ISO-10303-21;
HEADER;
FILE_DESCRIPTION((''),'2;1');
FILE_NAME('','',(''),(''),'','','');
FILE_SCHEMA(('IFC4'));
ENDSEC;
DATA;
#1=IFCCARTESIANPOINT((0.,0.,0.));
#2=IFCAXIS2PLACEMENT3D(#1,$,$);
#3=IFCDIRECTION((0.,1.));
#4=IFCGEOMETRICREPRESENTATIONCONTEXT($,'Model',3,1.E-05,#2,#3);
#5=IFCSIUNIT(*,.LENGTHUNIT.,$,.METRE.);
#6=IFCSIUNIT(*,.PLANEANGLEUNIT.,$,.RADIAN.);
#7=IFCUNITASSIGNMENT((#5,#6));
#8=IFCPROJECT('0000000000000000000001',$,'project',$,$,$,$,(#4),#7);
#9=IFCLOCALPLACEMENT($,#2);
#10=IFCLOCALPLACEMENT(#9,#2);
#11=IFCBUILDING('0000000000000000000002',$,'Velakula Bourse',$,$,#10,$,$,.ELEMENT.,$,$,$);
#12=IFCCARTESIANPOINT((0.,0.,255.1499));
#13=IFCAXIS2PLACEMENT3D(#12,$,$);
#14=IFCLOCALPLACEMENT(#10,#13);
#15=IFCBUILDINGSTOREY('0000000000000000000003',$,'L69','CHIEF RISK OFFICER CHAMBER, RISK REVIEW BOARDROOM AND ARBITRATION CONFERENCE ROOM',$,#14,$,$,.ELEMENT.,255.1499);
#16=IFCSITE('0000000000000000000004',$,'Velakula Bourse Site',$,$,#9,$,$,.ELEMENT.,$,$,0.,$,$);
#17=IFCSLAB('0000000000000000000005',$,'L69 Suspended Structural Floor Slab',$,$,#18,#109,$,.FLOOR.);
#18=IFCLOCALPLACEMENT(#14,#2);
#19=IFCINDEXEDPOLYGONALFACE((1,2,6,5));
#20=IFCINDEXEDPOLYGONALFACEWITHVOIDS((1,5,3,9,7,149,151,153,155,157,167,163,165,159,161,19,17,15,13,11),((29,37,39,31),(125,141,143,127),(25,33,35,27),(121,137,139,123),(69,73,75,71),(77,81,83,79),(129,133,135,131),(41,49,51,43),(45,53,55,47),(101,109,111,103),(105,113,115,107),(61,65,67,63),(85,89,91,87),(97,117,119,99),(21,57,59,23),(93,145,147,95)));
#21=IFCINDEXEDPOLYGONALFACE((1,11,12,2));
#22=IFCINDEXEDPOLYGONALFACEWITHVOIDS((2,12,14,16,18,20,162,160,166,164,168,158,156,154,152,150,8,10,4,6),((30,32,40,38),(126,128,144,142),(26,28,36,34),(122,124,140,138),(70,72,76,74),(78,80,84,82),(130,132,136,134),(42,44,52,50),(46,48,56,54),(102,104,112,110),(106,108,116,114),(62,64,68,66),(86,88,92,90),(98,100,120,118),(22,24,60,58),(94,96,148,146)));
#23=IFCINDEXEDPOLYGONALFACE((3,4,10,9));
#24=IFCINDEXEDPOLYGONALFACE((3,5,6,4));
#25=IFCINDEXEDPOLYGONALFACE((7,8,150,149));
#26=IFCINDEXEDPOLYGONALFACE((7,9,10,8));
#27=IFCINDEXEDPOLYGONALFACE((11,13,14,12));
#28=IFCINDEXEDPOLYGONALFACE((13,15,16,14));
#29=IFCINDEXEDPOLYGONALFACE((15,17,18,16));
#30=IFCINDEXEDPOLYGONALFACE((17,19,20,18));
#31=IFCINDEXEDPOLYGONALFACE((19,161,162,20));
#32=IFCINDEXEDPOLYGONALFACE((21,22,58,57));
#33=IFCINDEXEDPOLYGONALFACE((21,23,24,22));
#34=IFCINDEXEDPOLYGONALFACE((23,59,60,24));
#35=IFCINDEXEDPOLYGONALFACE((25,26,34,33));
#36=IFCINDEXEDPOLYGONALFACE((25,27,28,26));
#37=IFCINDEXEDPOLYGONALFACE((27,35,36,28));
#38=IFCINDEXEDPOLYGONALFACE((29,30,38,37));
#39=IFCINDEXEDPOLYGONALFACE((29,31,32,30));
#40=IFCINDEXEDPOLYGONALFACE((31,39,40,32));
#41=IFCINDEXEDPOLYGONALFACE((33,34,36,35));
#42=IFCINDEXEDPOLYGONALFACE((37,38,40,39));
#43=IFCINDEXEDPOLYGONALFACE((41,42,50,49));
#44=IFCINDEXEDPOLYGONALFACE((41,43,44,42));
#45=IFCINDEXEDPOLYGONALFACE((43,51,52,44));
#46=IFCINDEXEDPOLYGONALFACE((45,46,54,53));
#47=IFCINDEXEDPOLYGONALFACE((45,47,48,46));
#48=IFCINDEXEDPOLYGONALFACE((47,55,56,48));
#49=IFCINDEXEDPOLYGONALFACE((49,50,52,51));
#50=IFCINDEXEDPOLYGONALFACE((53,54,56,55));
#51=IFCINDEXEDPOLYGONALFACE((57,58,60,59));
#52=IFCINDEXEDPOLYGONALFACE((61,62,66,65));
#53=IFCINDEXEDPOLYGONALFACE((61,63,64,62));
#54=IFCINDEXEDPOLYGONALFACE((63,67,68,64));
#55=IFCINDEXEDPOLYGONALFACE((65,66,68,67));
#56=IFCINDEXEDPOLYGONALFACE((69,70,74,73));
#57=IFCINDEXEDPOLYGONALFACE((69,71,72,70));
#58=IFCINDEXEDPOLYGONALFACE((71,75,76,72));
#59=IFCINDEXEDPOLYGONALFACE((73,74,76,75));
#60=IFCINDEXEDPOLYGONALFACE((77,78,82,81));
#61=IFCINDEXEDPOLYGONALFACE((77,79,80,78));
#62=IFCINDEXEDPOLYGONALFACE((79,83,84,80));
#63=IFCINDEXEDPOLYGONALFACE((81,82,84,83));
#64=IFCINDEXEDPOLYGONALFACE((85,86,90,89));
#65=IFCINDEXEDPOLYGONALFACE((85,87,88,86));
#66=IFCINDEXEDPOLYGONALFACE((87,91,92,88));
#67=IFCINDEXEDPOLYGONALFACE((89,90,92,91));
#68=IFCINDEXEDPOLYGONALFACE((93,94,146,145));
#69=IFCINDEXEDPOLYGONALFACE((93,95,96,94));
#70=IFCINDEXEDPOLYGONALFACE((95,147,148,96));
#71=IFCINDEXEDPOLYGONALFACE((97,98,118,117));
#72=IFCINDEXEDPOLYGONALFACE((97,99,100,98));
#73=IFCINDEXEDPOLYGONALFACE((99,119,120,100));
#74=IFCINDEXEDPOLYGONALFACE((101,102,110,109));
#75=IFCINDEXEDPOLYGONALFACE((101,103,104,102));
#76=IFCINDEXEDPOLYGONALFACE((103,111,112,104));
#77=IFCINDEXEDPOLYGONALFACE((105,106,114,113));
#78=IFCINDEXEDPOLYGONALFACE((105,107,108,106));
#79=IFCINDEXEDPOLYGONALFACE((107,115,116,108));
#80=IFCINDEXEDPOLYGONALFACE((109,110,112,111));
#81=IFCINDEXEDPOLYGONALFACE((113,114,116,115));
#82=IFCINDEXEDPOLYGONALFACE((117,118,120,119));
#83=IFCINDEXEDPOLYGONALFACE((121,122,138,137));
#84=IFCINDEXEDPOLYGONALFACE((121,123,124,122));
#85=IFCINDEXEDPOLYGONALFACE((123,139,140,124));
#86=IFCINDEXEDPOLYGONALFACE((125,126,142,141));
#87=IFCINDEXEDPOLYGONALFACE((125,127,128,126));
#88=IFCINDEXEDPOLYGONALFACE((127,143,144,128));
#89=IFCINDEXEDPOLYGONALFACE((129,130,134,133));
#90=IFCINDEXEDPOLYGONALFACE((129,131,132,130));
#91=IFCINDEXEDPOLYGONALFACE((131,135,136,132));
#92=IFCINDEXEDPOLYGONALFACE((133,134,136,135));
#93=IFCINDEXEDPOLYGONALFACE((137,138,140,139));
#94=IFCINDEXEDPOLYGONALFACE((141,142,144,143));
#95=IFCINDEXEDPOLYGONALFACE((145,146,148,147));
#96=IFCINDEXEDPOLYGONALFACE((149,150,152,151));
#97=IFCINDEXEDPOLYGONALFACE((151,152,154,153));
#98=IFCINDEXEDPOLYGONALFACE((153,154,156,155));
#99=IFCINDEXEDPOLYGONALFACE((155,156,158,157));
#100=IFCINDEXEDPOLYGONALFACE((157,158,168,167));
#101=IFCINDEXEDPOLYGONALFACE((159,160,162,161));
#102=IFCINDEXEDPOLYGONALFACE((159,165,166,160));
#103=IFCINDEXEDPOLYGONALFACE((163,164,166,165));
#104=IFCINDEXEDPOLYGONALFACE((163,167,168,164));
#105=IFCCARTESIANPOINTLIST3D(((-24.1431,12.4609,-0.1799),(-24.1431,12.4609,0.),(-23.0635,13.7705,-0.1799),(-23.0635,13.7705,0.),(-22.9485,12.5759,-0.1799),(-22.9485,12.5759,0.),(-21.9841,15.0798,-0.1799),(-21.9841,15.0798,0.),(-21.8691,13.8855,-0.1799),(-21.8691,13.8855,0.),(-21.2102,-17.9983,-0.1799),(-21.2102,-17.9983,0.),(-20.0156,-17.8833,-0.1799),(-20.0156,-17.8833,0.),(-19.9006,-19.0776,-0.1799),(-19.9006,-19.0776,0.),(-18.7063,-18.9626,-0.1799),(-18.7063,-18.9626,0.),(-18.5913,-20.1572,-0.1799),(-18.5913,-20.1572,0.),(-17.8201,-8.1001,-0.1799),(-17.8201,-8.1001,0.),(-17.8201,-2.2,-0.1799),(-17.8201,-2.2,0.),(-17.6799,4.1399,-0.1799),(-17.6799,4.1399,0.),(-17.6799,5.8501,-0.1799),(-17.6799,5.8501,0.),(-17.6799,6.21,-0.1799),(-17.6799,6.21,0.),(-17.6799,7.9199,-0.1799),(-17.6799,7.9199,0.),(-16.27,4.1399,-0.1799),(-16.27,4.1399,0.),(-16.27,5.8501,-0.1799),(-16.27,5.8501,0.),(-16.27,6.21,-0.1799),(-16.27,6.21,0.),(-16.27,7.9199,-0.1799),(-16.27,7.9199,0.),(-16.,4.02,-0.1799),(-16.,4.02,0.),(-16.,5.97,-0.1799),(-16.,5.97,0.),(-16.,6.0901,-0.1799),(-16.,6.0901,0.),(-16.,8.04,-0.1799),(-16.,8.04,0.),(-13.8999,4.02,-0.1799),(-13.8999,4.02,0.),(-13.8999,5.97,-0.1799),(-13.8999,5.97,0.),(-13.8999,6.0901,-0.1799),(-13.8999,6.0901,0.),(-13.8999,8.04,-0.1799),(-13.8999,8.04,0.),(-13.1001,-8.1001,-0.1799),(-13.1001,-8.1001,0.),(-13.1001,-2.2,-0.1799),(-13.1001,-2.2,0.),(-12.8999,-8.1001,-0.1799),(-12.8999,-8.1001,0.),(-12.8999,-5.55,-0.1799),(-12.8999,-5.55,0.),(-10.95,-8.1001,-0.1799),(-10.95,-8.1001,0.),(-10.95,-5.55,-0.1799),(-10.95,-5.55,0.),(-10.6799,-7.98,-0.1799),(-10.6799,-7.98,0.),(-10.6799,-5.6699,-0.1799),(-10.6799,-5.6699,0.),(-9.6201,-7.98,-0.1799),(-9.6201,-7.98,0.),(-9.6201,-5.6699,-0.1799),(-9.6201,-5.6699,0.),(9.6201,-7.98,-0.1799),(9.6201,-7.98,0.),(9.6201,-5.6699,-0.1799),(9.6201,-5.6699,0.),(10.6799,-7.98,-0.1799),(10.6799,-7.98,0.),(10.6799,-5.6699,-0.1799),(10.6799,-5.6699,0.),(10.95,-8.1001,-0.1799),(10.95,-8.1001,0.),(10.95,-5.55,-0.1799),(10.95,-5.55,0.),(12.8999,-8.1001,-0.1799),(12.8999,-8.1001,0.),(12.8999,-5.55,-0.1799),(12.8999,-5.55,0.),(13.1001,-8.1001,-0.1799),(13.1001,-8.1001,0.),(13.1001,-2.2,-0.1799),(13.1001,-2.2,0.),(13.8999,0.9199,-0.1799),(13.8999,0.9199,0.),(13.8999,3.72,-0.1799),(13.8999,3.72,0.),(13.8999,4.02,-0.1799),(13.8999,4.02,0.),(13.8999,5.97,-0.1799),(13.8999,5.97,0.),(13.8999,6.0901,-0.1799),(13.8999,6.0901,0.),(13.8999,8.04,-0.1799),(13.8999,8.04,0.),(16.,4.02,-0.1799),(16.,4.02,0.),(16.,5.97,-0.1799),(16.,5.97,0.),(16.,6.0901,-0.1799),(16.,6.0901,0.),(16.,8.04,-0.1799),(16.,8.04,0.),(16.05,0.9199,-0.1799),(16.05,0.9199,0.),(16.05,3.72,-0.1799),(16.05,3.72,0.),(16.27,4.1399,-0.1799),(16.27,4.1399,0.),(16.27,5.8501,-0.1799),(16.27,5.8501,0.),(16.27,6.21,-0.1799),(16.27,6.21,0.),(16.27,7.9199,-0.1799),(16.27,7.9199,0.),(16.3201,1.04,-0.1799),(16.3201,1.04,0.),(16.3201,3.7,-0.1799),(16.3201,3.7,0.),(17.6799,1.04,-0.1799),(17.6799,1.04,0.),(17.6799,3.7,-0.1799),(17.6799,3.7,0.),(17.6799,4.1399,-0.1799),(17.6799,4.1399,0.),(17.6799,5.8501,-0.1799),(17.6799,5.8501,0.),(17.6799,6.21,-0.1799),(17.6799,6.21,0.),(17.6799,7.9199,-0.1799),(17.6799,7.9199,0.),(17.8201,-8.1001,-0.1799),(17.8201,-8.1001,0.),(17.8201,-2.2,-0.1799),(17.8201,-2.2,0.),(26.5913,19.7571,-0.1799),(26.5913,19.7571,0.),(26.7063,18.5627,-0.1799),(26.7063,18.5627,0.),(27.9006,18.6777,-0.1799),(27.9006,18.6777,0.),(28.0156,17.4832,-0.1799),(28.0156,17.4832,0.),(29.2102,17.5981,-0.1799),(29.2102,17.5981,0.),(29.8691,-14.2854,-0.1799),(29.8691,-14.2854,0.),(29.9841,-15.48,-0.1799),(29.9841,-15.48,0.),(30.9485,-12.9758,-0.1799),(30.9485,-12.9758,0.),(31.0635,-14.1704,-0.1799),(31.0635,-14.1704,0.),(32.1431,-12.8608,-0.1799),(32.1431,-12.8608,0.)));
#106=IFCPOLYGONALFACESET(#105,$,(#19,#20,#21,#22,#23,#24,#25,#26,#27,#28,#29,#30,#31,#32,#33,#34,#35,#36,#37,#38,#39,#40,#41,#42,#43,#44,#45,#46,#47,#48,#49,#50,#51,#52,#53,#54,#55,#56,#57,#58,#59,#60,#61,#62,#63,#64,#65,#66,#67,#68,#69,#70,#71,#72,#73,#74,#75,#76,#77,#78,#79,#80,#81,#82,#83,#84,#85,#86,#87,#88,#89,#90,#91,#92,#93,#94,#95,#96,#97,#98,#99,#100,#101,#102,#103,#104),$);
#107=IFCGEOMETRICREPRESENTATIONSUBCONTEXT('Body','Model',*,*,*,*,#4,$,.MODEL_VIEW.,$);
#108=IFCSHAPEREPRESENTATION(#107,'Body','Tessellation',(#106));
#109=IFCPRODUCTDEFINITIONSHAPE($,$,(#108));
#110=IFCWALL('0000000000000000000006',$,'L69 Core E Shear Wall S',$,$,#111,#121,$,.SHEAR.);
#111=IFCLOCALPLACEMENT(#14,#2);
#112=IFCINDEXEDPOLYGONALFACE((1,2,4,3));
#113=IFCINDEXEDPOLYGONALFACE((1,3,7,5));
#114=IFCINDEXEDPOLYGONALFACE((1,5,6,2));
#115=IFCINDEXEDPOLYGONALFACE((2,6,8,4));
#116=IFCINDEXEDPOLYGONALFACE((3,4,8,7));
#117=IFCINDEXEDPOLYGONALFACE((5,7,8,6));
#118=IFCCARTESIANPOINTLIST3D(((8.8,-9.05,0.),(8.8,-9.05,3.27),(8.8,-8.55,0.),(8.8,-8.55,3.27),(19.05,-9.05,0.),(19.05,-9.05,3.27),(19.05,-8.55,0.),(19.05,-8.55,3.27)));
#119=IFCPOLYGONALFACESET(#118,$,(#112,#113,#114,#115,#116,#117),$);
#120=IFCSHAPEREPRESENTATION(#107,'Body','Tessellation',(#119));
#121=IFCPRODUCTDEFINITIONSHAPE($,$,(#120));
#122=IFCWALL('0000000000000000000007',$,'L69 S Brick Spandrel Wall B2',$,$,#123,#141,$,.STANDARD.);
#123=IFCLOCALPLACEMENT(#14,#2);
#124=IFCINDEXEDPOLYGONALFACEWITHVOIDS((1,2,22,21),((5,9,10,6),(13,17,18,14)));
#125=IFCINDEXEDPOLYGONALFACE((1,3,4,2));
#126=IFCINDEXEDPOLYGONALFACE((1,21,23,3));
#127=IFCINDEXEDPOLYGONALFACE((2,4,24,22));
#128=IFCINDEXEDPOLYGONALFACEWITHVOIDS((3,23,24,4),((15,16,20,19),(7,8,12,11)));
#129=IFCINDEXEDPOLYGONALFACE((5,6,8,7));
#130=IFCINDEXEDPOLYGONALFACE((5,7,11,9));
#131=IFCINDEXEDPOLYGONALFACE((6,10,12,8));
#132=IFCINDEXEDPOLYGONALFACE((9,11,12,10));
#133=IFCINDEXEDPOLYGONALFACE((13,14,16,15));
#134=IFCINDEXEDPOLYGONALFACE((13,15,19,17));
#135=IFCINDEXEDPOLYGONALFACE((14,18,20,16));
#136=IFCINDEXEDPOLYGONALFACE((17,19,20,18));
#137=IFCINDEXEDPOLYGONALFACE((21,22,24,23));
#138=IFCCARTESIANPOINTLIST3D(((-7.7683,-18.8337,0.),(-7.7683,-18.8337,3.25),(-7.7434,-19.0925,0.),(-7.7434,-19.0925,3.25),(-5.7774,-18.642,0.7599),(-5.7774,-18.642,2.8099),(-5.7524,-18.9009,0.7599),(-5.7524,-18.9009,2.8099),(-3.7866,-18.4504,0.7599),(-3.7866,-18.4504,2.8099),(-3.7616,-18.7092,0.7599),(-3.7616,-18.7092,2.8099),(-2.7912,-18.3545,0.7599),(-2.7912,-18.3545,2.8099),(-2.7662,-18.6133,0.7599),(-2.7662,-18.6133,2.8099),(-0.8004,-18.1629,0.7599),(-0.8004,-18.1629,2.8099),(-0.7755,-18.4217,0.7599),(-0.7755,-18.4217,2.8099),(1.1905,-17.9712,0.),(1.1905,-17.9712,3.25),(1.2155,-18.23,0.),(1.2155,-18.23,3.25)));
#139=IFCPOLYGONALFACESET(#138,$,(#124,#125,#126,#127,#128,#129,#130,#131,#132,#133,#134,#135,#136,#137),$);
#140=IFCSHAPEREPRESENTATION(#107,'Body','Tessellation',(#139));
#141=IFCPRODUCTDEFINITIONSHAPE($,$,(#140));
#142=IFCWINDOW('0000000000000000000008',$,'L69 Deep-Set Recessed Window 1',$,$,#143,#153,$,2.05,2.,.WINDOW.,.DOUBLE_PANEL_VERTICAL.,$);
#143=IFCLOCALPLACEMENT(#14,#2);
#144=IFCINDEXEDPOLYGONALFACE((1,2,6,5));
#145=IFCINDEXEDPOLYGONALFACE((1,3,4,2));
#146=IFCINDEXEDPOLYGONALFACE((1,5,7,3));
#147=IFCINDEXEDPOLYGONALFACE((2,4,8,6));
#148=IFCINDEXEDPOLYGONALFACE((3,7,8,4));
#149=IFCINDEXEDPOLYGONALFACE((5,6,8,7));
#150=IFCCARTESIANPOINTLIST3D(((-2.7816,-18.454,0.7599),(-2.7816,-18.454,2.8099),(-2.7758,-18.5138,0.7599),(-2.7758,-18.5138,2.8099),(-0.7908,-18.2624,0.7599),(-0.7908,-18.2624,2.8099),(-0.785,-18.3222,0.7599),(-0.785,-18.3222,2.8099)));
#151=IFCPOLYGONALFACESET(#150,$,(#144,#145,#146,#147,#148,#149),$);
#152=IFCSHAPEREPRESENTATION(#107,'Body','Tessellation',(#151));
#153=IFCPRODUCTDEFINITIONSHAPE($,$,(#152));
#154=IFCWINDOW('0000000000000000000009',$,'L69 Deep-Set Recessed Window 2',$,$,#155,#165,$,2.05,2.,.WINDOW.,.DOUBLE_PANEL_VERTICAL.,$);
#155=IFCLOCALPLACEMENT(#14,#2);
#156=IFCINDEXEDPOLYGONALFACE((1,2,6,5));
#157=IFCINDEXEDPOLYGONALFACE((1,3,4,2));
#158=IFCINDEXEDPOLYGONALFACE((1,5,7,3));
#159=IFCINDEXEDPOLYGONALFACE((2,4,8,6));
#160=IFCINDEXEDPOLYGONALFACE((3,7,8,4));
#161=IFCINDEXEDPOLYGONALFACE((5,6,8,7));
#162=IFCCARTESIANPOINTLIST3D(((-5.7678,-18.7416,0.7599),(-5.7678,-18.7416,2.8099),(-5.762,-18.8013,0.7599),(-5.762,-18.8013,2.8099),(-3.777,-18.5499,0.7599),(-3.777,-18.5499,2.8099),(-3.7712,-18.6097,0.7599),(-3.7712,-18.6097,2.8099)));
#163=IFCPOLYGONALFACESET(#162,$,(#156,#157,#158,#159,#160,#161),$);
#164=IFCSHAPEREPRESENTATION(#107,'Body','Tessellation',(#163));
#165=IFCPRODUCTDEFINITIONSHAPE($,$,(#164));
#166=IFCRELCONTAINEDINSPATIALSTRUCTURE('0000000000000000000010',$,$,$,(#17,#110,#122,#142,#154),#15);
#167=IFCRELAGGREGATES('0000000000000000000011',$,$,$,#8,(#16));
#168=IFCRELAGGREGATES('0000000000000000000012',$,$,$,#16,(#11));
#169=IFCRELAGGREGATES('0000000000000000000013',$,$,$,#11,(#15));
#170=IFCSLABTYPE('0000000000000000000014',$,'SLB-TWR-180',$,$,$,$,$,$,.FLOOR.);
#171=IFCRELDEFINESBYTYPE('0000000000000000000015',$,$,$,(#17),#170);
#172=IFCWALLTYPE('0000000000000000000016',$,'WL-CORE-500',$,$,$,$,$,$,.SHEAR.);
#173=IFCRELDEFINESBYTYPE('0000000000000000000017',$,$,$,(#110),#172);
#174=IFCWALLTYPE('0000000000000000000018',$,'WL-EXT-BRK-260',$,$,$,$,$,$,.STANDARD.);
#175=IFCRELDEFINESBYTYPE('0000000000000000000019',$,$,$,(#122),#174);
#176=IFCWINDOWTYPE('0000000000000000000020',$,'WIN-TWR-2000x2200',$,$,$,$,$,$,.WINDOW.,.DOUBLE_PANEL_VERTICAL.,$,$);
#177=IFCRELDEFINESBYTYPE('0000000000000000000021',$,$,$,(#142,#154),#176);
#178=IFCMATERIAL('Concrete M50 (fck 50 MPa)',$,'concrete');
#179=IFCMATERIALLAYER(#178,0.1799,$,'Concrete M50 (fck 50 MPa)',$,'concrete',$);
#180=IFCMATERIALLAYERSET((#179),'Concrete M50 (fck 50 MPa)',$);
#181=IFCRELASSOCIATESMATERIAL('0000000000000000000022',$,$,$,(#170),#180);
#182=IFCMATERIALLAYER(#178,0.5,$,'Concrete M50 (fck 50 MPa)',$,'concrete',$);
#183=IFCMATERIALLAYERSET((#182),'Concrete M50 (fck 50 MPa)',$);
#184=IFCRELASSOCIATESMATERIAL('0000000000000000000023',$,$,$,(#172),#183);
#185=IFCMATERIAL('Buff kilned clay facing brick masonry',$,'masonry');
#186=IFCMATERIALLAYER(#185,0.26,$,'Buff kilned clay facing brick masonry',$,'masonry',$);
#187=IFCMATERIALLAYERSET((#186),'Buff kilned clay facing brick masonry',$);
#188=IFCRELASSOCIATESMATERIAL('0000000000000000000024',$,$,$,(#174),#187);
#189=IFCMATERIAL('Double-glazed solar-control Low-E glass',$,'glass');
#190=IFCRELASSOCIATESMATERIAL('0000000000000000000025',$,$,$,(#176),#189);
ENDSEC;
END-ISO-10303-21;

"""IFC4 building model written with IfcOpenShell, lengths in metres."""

from ifc_helpers import new_model, si_unit, direction, frame, frame_2d, origin, place, context, subcontext, project, spatial, polyline, rectangle, outline, extrude, material, layer, layer_set, type_object, element, fill, save


model = new_model("IFC4")

# Units and contexts
model_context = context("Model", 3, precision=1e-05, world=origin(), true_north=direction((0.0, 1.0)))
body_context = subcontext(model_context, "Body", "Model", "MODEL_VIEW")
ifc_project = project(units=[si_unit("LENGTHUNIT", "METRE"), si_unit("PLANEANGLEUNIT", "RADIAN")], contexts=[model_context])

# Site, building, storey
site_placement = place(None, origin())
site = spatial("IfcSite", under=ifc_project, at=site_placement, Name="Velakula Bourse Site", CompositionType="ELEMENT", RefElevation=0.0)
building_placement = place(site_placement, origin())
building = spatial("IfcBuilding", under=site, at=building_placement, Name="Velakula Bourse", CompositionType="ELEMENT")
storey_placement = place(building_placement, frame((0.0, 0.0, 255.1499)))
storey = spatial("IfcBuildingStorey", under=building, at=storey_placement, Name="L69", Description="CHIEF RISK OFFICER CHAMBER, RISK REVIEW BOARDROOM AND ARBITRATION CONFERENCE ROOM", CompositionType="ELEMENT", Elevation=255.1499)

# Slab
ifc_material_1 = material(Name="Concrete M50 (fck 50 MPa)", Category="concrete")
ifc_layer_1 = layer(ifc_material_1, 0.1799, Name="Concrete M50 (fck 50 MPa)", Category="concrete")
ifc_layer_set_1 = layer_set([ifc_layer_1], Name="Concrete M50 (fck 50 MPa)")
slab_type = type_object("IfcSlabType", Name="SLB-TWR-180", PredefinedType="FLOOR", material=ifc_layer_set_1)
slab_placement = place(storey_placement, frame((0.0, 0.0, -0.1799)))
element("IfcSlab", 1, at=slab_placement, inside=storey, type_object=slab_type, Name="L69 Suspended Structural Floor Slab", PredefinedType="FLOOR", context=body_context, shape_type="SweptSolid", body=[
    extrude(outline(polyline([(-18.5913, -20.1572), (29.9841, -15.48), (29.8691, -14.2854), (31.0635, -14.1704), (30.9485, -12.9758), (32.1431, -12.8608), (29.2102, 17.5981), (28.0156, 17.4832), (27.9006, 18.6777), (26.7063, 18.5627), (26.5913, 19.7571), (-21.9841, 15.0798), (-21.8691, 13.8855), (-23.0635, 13.7705), (-22.9485, 12.5759), (-24.1431, 12.4609), (-21.2102, -17.9983), (-20.0156, -17.8833), (-19.9006, -19.0776), (-18.7063, -18.9626), (-18.5913, -20.1572)]), holes=[polyline([(-17.8201, -8.1001), (-13.1001, -8.1001), (-13.1001, -2.2), (-17.8201, -2.2), (-17.8201, -8.1001)]), polyline([(13.1001, -8.1001), (17.8201, -8.1001), (17.8201, -2.2), (13.1001, -2.2), (13.1001, -8.1001)]), polyline([(-12.8999, -8.1001), (-10.95, -8.1001), (-10.95, -5.55), (-12.8999, -5.55), (-12.8999, -8.1001)]), polyline([(10.95, -8.1001), (12.8999, -8.1001), (12.8999, -5.55), (10.95, -5.55), (10.95, -8.1001)]), polyline([(13.8999, 0.9199), (16.05, 0.9199), (16.05, 3.72), (13.8999, 3.72), (13.8999, 0.9199)]), polyline([(-10.6799, -7.98), (-9.6201, -7.98), (-9.6201, -5.6699), (-10.6799, -5.6699), (-10.6799, -7.98)]), polyline([(-17.6799, 4.1399), (-16.27, 4.1399), (-16.27, 5.8501), (-17.6799, 5.8501), (-17.6799, 4.1399)]), polyline([(-17.6799, 6.21), (-16.27, 6.21), (-16.27, 7.9199), (-17.6799, 7.9199), (-17.6799, 6.21)]), polyline([(9.6201, -7.98), (10.6799, -7.98), (10.6799, -5.6699), (9.6201, -5.6699), (9.6201, -7.98)]), polyline([(16.27, 4.1399), (17.6799, 4.1399), (17.6799, 5.8501), (16.27, 5.8501), (16.27, 4.1399)]), polyline([(16.27, 6.21), (17.6799, 6.21), (17.6799, 7.9199), (16.27, 7.9199), (16.27, 6.21)]), polyline([(16.3201, 1.04), (17.6799, 1.04), (17.6799, 3.7), (16.3201, 3.7), (16.3201, 1.04)]), polyline([(-16.0, 4.02), (-13.8999, 4.02), (-13.8999, 5.97), (-16.0, 5.97), (-16.0, 4.02)]), polyline([(-16.0, 6.0901), (-13.8999, 6.0901), (-13.8999, 8.04), (-16.0, 8.04), (-16.0, 6.0901)]), polyline([(13.8999, 4.02), (16.0, 4.02), (16.0, 5.97), (13.8999, 5.97), (13.8999, 4.02)]), polyline([(13.8999, 6.0901), (16.0, 6.0901), (16.0, 8.04), (13.8999, 8.04), (13.8999, 6.0901)])]), origin(), (0.0, 0.0, 1.0), 0.1799),
])

# Wall
ifc_layer_2 = layer(ifc_material_1, 0.5, Name="Concrete M50 (fck 50 MPa)", Category="concrete")
ifc_layer_set_2 = layer_set([ifc_layer_2], Name="Concrete M50 (fck 50 MPa)")
wall_type_1 = type_object("IfcWallType", Name="WL-CORE-500", PredefinedType="SHEAR", material=ifc_layer_set_2)
wall_1_placement = place(storey_placement, frame((8.8, -8.8, 0.0), z_axis=(0.0, 0.0, 1.0), x_axis=(1.0, 0.0, 0.0)))
element("IfcWall", 2, at=wall_1_placement, inside=storey, type_object=wall_type_1, Name="L69 Core E Shear Wall S", PredefinedType="SHEAR", context=body_context, shape_type="SweptSolid", body=[
    extrude(rectangle(XDim=10.25, YDim=0.5, at=frame_2d((5.125, 0.0))), origin(), (0.0, 0.0, 1.0), 3.27),
])

# Wall, openings, windows
ifc_material_2 = material(Name="Buff kilned clay facing brick masonry", Category="masonry")
ifc_layer_3 = layer(ifc_material_2, 0.26, Name="Buff kilned clay facing brick masonry", Category="masonry")
ifc_layer_set_3 = layer_set([ifc_layer_3], Name="Buff kilned clay facing brick masonry")
wall_type_2 = type_object("IfcWallType", Name="WL-EXT-BRK-260", PredefinedType="STANDARD", material=ifc_layer_set_3)
wall_2_placement = place(storey_placement, frame((1.2029, -18.1006, 0.0), z_axis=(0.0, 0.0, 1.0), x_axis=(-0.995397, -0.095837, 0.0)))
wall_2 = element("IfcWall", 3, at=wall_2_placement, inside=storey, type_object=wall_type_2, Name="L69 S Brick Spandrel Wall B2", PredefinedType="STANDARD", context=body_context, shape_type="SweptSolid", body=[
    extrude(rectangle(XDim=9.0002, YDim=0.26, at=frame_2d((4.5, 0.0))), origin(), (0.0, 0.0, 1.0), 3.25),
])
opening_1_placement = place(wall_2_placement, frame((2.0, 0.0, 0.76)))
opening_1 = element("IfcOpeningElement", 4, at=opening_1_placement, cuts=wall_2, PredefinedType="OPENING", context=body_context, shape_type="SweptSolid", body=[
    extrude(rectangle(XDim=2.0, YDim=2.05, at=frame_2d((1.0, 1.0249))), frame((0.0, 0.1399, 0.0), z_axis=(0.0, -1.0, 0.0), x_axis=(1.0, 0.0, 0.0)), (0.0, 0.0, 1.0), 0.28),
])
opening_2_placement = place(wall_2_placement, frame((5.0, 0.0, 0.76)))
opening_2 = element("IfcOpeningElement", 5, at=opening_2_placement, cuts=wall_2, PredefinedType="OPENING", context=body_context, shape_type="SweptSolid", body=[
    extrude(rectangle(XDim=2.0, YDim=2.05, at=frame_2d((1.0, 1.0249))), frame((0.0, 0.1399, 0.0), z_axis=(0.0, -1.0, 0.0), x_axis=(1.0, 0.0, 0.0)), (0.0, 0.0, 1.0), 0.28),
])
ifc_material_3 = material(Name="Double-glazed solar-control Low-E glass", Category="glass")
window_type = type_object("IfcWindowType", Name="WIN-TWR-2000x2200", PartitioningType="DOUBLE_PANEL_VERTICAL", PredefinedType="WINDOW", material=ifc_material_3)
window_1_placement = place(opening_1_placement, origin())
window_1 = element("IfcWindow", 6, at=window_1_placement, inside=storey, type_object=window_type, Name="L69 Deep-Set Recessed Window 1", OverallHeight=2.05, OverallWidth=2.0, PartitioningType="DOUBLE_PANEL_VERTICAL", PredefinedType="WINDOW", context=body_context, shape_type="SweptSolid", body=[
    extrude(rectangle(XDim=2.0, YDim=2.05, at=frame_2d((1.0, 1.0249))), frame((0.0, 0.03, 0.0), z_axis=(0.0, -1.0, 0.0), x_axis=(1.0, 0.0, 0.0)), (0.0, 0.0, 1.0), 0.0601),
])
fill(opening_1, window_1)
window_2_placement = place(opening_2_placement, origin())
window_2 = element("IfcWindow", 7, at=window_2_placement, inside=storey, type_object=window_type, Name="L69 Deep-Set Recessed Window 2", OverallHeight=2.05, OverallWidth=2.0, PartitioningType="DOUBLE_PANEL_VERTICAL", PredefinedType="WINDOW", context=body_context, shape_type="SweptSolid", body=[
    extrude(rectangle(XDim=2.0, YDim=2.05, at=frame_2d((1.0, 1.0249))), frame((0.0, 0.03, 0.0), z_axis=(0.0, -1.0, 0.0), x_axis=(1.0, 0.0, 0.0)), (0.0, 0.0, 1.0), 0.0601),
])
fill(opening_2, window_2)

save(model, "model.ifc")
